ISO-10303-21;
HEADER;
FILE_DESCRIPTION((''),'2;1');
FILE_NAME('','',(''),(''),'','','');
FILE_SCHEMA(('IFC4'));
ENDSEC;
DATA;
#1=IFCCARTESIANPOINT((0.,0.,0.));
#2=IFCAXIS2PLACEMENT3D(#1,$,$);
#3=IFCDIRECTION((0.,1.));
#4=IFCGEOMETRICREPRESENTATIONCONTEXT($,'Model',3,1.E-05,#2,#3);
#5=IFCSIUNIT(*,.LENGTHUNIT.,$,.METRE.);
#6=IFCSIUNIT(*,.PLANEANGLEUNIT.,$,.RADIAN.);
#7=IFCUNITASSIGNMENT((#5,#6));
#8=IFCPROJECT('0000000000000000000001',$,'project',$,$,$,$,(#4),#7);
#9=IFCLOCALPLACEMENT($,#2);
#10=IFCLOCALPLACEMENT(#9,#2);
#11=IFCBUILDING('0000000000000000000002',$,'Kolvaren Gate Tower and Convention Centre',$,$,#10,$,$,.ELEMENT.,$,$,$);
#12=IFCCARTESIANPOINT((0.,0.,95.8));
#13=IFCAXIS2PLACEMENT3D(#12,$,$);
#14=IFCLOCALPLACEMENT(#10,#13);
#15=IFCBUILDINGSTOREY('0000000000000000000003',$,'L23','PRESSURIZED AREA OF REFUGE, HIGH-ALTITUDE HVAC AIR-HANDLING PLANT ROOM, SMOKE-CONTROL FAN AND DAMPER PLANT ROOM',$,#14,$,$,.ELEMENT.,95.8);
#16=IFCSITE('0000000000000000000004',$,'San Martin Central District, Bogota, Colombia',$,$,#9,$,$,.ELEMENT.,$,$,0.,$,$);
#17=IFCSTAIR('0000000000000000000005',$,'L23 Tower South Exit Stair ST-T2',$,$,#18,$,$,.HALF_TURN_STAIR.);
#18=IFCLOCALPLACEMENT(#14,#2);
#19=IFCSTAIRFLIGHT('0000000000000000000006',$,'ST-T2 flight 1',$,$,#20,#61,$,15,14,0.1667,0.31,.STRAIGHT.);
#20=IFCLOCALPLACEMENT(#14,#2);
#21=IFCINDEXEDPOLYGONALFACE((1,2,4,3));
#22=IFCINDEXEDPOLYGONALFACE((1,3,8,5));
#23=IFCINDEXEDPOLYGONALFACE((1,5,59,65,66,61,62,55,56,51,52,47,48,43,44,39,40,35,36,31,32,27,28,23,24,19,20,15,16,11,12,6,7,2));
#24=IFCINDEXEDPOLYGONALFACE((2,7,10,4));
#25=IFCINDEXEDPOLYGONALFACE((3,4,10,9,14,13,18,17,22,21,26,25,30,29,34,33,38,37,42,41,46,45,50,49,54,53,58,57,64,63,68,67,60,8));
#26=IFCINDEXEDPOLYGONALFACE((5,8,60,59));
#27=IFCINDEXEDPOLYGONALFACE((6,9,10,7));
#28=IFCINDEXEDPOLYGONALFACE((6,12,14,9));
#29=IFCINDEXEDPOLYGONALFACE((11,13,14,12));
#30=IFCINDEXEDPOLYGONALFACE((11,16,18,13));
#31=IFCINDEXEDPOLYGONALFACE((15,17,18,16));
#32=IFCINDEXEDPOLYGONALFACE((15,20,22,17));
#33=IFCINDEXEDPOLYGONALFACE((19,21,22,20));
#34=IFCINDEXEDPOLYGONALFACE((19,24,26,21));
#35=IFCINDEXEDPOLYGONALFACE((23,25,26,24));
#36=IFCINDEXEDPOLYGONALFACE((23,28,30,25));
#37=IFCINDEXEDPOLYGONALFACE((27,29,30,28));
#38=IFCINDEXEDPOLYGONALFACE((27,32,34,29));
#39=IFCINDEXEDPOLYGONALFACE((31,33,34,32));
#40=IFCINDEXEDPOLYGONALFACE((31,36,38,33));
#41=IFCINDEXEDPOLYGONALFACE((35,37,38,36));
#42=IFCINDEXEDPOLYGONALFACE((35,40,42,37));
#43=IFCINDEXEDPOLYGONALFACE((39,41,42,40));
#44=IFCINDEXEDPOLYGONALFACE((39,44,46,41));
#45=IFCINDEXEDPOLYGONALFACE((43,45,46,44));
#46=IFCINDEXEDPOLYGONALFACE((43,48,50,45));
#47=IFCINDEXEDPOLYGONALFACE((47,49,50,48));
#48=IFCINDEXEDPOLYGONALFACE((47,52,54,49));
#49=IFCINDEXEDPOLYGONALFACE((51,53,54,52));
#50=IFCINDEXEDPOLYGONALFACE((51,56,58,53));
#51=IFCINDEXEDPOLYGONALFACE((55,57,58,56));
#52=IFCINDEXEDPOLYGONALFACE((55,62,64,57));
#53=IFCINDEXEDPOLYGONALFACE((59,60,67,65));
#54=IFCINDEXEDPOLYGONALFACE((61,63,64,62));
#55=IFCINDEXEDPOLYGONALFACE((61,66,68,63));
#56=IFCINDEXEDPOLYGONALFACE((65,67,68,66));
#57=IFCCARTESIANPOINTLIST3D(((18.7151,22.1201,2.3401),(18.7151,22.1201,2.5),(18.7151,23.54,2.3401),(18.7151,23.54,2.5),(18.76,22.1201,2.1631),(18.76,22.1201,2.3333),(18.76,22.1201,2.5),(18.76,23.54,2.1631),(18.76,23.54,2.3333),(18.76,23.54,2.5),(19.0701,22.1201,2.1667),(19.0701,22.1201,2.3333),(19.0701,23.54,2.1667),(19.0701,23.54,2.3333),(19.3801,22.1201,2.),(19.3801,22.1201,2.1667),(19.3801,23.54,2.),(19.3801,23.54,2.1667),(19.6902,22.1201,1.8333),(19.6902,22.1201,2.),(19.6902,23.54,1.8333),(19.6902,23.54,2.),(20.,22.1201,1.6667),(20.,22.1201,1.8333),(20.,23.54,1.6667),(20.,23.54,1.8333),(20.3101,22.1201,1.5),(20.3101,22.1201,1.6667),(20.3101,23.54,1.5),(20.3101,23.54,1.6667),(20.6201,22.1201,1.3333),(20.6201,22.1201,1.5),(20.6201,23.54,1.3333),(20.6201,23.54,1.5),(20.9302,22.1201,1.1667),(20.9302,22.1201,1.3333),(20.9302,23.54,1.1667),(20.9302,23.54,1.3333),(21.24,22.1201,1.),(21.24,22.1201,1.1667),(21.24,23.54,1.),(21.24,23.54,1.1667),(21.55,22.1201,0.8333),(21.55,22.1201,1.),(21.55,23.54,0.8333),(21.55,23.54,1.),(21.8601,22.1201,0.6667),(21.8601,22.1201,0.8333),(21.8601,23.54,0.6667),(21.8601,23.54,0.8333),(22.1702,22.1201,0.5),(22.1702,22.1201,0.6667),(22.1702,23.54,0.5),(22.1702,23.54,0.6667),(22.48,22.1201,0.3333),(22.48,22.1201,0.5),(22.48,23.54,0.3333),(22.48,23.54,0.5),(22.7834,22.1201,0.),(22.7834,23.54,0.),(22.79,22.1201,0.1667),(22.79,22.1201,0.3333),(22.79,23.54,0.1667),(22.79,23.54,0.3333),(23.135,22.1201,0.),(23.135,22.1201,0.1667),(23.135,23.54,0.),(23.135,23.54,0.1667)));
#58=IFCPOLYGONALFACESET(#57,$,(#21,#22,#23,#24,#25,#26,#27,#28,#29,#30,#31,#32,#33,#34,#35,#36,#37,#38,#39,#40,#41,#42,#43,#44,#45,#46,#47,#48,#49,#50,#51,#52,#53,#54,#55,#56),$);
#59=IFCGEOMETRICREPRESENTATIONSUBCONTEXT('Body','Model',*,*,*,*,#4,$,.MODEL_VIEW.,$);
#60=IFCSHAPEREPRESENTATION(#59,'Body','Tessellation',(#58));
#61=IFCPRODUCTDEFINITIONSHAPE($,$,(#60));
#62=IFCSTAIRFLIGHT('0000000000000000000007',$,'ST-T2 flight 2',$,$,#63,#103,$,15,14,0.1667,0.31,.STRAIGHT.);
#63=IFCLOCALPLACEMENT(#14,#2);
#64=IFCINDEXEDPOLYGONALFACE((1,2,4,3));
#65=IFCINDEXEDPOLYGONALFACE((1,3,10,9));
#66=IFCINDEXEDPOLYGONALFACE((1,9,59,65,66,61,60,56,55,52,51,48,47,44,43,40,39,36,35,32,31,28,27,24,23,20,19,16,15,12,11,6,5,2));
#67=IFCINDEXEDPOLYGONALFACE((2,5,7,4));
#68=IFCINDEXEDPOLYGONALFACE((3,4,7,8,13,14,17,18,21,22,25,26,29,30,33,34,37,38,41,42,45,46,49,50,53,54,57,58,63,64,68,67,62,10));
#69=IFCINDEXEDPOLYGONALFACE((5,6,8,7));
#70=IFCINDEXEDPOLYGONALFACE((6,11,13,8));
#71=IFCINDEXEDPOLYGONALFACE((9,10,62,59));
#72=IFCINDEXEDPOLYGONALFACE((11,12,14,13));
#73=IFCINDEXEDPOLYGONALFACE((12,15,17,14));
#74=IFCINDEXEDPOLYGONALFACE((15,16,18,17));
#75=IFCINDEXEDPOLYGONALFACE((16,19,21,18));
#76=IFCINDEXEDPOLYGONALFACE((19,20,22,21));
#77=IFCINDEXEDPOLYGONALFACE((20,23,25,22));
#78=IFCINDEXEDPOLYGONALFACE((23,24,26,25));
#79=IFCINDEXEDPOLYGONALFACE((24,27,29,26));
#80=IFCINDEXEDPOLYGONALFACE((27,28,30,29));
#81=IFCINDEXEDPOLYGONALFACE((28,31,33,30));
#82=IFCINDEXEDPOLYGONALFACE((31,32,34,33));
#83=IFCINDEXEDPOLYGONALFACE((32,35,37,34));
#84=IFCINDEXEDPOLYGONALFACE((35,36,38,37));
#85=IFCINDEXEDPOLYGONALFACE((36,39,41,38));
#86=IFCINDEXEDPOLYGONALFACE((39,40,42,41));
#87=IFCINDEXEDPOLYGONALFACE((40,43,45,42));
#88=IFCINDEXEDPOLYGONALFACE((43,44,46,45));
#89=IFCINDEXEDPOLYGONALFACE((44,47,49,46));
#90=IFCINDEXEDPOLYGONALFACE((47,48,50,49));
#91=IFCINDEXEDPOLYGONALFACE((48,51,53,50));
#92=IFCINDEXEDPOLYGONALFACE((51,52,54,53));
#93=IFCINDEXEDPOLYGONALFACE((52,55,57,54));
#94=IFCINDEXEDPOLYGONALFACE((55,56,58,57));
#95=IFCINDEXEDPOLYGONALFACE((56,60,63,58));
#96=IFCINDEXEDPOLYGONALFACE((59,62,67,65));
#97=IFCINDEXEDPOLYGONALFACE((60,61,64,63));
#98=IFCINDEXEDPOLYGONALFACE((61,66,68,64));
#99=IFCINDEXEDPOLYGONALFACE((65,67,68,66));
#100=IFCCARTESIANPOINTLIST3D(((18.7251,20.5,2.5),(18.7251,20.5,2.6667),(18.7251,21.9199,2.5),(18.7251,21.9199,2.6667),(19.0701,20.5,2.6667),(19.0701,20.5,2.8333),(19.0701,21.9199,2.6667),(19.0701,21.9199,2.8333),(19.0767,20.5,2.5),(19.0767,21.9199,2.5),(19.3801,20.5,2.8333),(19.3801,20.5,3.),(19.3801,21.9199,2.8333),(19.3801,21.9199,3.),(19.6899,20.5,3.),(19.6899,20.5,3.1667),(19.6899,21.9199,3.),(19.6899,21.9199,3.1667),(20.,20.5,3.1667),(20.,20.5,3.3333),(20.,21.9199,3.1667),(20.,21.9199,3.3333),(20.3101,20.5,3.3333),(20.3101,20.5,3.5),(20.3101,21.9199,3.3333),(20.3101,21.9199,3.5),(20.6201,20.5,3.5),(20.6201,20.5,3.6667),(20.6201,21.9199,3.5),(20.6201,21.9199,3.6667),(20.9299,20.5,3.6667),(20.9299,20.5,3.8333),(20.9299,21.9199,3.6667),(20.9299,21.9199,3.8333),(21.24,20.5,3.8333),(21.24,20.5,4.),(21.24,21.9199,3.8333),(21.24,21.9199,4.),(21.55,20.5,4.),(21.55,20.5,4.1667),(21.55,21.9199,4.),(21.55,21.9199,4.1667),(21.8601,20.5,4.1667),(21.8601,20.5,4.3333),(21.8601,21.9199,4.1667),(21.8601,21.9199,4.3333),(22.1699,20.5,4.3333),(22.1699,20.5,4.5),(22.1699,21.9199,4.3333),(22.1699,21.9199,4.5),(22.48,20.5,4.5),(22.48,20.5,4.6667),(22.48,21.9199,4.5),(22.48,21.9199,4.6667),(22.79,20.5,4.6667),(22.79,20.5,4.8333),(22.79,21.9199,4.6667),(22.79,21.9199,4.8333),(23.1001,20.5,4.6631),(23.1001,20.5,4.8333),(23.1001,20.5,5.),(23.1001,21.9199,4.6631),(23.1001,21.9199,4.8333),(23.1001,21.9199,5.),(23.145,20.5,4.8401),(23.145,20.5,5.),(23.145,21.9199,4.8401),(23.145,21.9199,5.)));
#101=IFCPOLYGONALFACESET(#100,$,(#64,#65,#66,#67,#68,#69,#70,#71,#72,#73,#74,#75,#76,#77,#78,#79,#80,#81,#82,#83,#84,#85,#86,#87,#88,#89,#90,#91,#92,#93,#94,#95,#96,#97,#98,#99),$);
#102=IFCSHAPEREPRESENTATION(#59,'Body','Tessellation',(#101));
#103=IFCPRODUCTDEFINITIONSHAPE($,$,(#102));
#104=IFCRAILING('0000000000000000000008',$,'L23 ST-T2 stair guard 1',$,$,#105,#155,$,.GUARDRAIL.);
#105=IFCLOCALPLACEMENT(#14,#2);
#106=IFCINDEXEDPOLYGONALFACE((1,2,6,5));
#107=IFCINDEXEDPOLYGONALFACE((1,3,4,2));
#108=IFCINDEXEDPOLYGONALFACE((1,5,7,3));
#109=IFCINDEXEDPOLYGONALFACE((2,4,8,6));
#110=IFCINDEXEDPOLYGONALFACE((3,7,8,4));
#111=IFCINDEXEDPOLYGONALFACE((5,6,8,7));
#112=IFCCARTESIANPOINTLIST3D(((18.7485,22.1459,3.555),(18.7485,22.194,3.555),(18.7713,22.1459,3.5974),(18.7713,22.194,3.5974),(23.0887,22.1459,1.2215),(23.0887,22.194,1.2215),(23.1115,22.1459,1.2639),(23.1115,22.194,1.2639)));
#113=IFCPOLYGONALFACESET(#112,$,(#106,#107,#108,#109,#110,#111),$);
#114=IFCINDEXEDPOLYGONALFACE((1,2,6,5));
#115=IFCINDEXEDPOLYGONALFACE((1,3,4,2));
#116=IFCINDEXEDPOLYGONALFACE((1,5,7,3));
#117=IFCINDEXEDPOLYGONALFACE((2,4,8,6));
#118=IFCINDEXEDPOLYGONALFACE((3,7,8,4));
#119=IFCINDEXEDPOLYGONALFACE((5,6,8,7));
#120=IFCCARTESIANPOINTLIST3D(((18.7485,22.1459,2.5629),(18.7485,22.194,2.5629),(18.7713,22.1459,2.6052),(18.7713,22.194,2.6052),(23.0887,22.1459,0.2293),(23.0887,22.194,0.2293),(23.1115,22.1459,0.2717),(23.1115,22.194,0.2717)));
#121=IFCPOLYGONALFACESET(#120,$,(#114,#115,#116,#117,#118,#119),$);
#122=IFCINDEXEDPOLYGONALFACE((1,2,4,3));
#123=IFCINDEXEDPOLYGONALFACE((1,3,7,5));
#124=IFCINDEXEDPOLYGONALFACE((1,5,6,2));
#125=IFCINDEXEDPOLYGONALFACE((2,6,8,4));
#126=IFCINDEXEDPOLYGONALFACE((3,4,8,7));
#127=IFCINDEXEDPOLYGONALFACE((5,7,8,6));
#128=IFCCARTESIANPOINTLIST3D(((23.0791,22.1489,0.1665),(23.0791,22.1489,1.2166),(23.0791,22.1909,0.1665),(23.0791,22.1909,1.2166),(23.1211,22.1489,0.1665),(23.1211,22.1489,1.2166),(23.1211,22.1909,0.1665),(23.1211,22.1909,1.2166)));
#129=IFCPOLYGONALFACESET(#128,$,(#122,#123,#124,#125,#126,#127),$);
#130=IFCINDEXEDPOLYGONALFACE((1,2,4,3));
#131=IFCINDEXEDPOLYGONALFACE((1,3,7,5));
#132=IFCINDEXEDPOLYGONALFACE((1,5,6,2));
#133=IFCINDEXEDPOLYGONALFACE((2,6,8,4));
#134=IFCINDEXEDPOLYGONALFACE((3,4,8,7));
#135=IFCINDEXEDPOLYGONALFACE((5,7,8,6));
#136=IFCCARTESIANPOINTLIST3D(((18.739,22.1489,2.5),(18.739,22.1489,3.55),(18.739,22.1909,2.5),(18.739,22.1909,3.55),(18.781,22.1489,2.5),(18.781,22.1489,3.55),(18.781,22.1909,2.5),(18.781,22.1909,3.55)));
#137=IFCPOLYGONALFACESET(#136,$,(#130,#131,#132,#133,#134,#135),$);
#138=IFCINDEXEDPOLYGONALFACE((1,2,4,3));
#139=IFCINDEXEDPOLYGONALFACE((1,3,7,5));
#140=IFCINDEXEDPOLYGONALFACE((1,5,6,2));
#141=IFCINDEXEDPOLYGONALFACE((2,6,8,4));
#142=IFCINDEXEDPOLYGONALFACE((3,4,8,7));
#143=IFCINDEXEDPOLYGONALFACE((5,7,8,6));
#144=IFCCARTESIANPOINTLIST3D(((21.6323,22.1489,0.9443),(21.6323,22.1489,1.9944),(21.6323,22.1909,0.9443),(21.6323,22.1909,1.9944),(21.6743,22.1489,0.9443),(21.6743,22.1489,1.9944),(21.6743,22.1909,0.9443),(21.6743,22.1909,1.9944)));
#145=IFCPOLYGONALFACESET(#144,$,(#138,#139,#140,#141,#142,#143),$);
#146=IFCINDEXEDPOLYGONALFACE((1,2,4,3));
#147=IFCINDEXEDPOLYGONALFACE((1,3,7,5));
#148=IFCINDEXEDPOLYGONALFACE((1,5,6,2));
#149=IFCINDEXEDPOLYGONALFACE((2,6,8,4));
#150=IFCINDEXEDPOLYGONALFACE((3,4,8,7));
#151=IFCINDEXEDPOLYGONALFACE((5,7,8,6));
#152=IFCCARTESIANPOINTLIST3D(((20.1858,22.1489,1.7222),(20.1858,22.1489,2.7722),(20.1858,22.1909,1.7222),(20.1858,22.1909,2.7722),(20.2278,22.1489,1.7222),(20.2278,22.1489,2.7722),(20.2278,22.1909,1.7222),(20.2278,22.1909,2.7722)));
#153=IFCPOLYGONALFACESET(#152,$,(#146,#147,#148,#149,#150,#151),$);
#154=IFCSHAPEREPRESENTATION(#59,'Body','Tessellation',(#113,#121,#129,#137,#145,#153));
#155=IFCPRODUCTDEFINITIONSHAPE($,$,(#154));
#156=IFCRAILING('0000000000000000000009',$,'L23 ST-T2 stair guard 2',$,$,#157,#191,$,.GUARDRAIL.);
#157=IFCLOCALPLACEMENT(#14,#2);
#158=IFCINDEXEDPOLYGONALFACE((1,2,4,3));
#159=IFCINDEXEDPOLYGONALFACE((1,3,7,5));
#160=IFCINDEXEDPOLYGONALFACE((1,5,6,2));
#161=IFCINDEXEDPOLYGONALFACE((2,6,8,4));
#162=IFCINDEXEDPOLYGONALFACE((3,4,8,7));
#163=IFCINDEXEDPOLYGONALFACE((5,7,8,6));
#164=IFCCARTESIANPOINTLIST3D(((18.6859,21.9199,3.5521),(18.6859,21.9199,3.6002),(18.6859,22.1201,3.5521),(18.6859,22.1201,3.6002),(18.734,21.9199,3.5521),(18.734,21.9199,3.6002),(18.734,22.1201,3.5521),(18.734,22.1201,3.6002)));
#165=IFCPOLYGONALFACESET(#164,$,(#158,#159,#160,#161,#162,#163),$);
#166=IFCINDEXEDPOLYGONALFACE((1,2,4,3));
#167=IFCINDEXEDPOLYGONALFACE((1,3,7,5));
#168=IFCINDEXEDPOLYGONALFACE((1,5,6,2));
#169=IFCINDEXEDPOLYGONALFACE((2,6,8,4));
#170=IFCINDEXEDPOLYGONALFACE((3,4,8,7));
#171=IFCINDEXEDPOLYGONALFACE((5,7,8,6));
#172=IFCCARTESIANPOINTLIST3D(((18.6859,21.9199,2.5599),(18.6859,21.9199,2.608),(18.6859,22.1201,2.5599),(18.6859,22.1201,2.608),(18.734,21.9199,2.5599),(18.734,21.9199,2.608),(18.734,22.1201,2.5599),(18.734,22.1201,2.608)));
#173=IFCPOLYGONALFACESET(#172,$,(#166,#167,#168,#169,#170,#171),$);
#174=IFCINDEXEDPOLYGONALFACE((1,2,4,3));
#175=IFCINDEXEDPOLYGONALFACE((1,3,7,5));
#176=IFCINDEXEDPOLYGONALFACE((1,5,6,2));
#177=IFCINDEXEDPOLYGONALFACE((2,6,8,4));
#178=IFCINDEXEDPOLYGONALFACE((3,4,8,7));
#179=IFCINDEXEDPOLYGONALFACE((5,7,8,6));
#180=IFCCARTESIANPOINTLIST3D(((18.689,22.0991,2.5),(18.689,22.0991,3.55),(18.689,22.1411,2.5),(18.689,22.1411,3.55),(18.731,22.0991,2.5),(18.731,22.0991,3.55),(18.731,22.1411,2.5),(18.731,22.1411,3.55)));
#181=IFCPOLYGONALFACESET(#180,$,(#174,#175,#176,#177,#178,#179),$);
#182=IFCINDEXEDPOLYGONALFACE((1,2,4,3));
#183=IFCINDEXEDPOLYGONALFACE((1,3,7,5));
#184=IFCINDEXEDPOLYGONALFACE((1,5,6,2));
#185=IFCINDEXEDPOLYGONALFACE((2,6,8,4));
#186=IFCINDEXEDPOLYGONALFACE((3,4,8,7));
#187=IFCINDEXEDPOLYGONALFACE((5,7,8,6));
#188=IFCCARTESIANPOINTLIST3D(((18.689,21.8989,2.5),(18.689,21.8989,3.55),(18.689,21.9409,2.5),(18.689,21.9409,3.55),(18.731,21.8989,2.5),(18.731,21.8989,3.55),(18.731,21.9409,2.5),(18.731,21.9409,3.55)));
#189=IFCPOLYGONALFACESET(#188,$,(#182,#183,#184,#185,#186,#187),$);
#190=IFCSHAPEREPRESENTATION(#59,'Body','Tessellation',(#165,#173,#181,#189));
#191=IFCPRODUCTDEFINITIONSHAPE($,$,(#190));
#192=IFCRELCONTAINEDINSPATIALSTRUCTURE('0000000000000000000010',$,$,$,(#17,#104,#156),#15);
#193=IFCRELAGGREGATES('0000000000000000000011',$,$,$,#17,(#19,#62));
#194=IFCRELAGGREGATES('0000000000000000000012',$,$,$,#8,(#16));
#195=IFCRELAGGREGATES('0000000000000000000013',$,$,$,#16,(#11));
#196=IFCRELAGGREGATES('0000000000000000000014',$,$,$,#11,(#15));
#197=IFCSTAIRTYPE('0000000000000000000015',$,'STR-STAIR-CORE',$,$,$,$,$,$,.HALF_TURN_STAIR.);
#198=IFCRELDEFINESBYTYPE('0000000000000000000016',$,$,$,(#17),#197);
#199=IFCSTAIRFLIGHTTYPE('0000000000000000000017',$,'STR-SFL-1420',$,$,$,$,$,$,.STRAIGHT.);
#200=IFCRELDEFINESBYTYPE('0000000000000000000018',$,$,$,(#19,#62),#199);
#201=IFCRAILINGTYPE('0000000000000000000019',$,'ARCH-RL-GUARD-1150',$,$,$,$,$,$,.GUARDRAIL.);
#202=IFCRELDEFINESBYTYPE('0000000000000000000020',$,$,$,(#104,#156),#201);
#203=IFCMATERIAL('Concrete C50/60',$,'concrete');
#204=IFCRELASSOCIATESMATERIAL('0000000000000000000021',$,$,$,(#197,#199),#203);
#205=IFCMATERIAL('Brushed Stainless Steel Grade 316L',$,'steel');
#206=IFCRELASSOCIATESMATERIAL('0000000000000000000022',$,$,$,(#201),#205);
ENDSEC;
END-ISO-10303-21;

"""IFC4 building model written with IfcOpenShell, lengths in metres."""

from ifc_helpers import new_model, si_unit, direction, frame, origin, origin_2d, place, context, subcontext, project, spatial, polyline, rectangle, outline, extrude, material, type_object, element, aggregate, save


model = new_model("IFC4")

# Units and contexts
model_context = context("Model", 3, precision=1e-05, world=origin(), true_north=direction((0.0, 1.0)))
body_context = subcontext(model_context, "Body", "Model", "MODEL_VIEW")
ifc_project = project(units=[si_unit("LENGTHUNIT", "METRE"), si_unit("PLANEANGLEUNIT", "RADIAN")], contexts=[model_context])

# Site, building, storey
site_placement = place(None, origin())
site = spatial("IfcSite", under=ifc_project, at=site_placement, Name="San Martin Central District, Bogota, Colombia", CompositionType="ELEMENT", RefElevation=0.0)
building_placement = place(site_placement, origin())
building = spatial("IfcBuilding", under=site, at=building_placement, Name="Kolvaren Gate Tower and Convention Centre", CompositionType="ELEMENT")
storey_placement = place(building_placement, frame((0.0, 0.0, 95.8)))
storey = spatial("IfcBuildingStorey", under=building, at=storey_placement, Name="L23", Description="PRESSURIZED AREA OF REFUGE, HIGH-ALTITUDE HVAC AIR-HANDLING PLANT ROOM, SMOKE-CONTROL FAN AND DAMPER PLANT ROOM", CompositionType="ELEMENT", Elevation=95.8)

# Shared definitions
ifc_material_1 = material(Name="Brushed Stainless Steel Grade 316L", Category="steel")

# Shared definitions
ifc_material_2 = material(Name="Concrete C50/60", Category="concrete")

# Stair, stair flights
stair_type = type_object("IfcStairType", Name="STR-STAIR-CORE", PredefinedType="HALF_TURN_STAIR", material=ifc_material_2)
stair_placement = place(storey_placement, origin())
stair = element("IfcStair", 1, at=stair_placement, inside=storey, type_object=stair_type, Name="L23 Tower South Exit Stair ST-T2", PredefinedType="HALF_TURN_STAIR")
stair_flight_type = type_object("IfcStairFlightType", Name="STR-SFL-1420", PredefinedType="STRAIGHT", material=ifc_material_2)
stair_flight_1_placement = place(storey_placement, frame((23.1001, 22.8301, 0.0), z_axis=(0.0, 0.0, 1.0), x_axis=(-1.0, 0.0, 0.0)))
stair_flight_1 = element("IfcStairFlight", 2, at=stair_flight_1_placement, type_object=stair_flight_type, Name="ST-T2 flight 1", NumberOfRisers=15, NumberOfTreads=14, PredefinedType="STRAIGHT", RiserHeight=0.1667, TreadLength=0.31, context=body_context, shape_type="SweptSolid", body=[
    extrude(outline(polyline([(-0.0349, 0.0), (-0.0349, 0.1667), (0.3101, 0.1667), (0.3101, 0.3333), (0.6201, 0.3333), (0.6201, 0.5), (0.9299, 0.5), (0.9299, 0.6667), (1.24, 0.6667), (1.24, 0.8333), (1.55, 0.8333), (1.55, 1.0), (1.8601, 1.0), (1.8601, 1.1667), (2.1699, 1.1667), (2.1699, 1.3333), (2.48, 1.3333), (2.48, 1.5), (2.79, 1.5), (2.79, 1.6667), (3.1001, 1.6667), (3.1001, 1.8333), (3.4099, 1.8333), (3.4099, 2.0), (3.72, 2.0), (3.72, 2.1667), (4.03, 2.1667), (4.03, 2.3333), (4.3401, 2.3333), (4.3401, 2.5), (4.385, 2.5), (4.385, 2.3401), (4.3401, 2.1631), (0.3167, 0.0), (-0.0349, 0.0)])), frame((0.0, 0.71, 0.0), z_axis=(0.0, -1.0, 0.0), x_axis=(1.0, 0.0, 0.0)), (0.0, 0.0, 1.0), 1.4199),
])
stair_flight_2_placement = place(storey_placement, frame((18.76, 21.21, 2.5), z_axis=(0.0, 0.0, 1.0), x_axis=(1.0, 0.0, 0.0)))
stair_flight_2 = element("IfcStairFlight", 3, at=stair_flight_2_placement, type_object=stair_flight_type, Name="ST-T2 flight 2", NumberOfRisers=15, NumberOfTreads=14, PredefinedType="STRAIGHT", RiserHeight=0.1667, TreadLength=0.31, context=body_context, shape_type="SweptSolid", body=[
    extrude(outline(polyline([(-0.0349, 0.0), (-0.0349, 0.1667), (0.3101, 0.1667), (0.3101, 0.3333), (0.6201, 0.3333), (0.6201, 0.5), (0.9299, 0.5), (0.9299, 0.6667), (1.24, 0.6667), (1.24, 0.8333), (1.55, 0.8333), (1.55, 1.0), (1.8601, 1.0), (1.8601, 1.1667), (2.1699, 1.1667), (2.1699, 1.3333), (2.48, 1.3333), (2.48, 1.5), (2.79, 1.5), (2.79, 1.6667), (3.1001, 1.6667), (3.1001, 1.8333), (3.4099, 1.8333), (3.4099, 2.0), (3.72, 2.0), (3.72, 2.1667), (4.03, 2.1667), (4.03, 2.3333), (4.3401, 2.3333), (4.3401, 2.5), (4.385, 2.5), (4.385, 2.3401), (4.3401, 2.1631), (0.3167, 0.0), (-0.0349, 0.0)])), frame((0.0, 0.71, 0.0), z_axis=(0.0, -1.0, 0.0), x_axis=(1.0, 0.0, 0.0)), (0.0, 0.0, 1.0), 1.4199),
])
aggregate(stair, [stair_flight_1, stair_flight_2])

# Railings
railing_type_1 = type_object("IfcRailingType", Name="ARCH-RL-GUARD-1150", PredefinedType="GUARDRAIL", material=ifc_material_1)
railing_1_placement = place(storey_placement, frame((23.1001, 22.1699, 0.1665)))
element("IfcRailing", 4, at=railing_1_placement, inside=storey, type_object=railing_type_1, Name="L23 ST-T2 stair guard 1", PredefinedType="GUARDRAIL", context=body_context, shape_type="SweptSolid", body=[
    extrude(rectangle(XDim=0.0481, YDim=0.0481, at=origin_2d()), frame((0.0, 0.0, 1.0762), z_axis=(-0.880765, 0.0, 0.473553), x_axis=(0.0, -1.0, 0.0)), (0.0, 0.0, 1.0), 4.9277),
    extrude(rectangle(XDim=0.0481, YDim=0.0481, at=origin_2d()), frame((0.0, 0.0, 0.084), z_axis=(-0.880765, 0.0, 0.473553), x_axis=(0.0, -1.0, 0.0)), (0.0, 0.0, 1.0), 4.9277),
    extrude(rectangle(XDim=0.042, YDim=0.042, at=origin_2d()), origin(), (0.0, 0.0, 1.0), 1.05),
    extrude(rectangle(XDim=0.042, YDim=0.042, at=origin_2d()), frame((-4.3401, 0.0, 2.3335)), (0.0, 0.0, 1.0), 1.05),
    extrude(rectangle(XDim=0.042, YDim=0.042, at=origin_2d()), frame((-1.4468, 0.0, 0.7778)), (0.0, 0.0, 1.0), 1.05),
    extrude(rectangle(XDim=0.042, YDim=0.042, at=origin_2d()), frame((-2.8933, 0.0, 1.5557)), (0.0, 0.0, 1.0), 1.05),
])
railing_2_placement = place(storey_placement, frame((18.71, 22.1201, 2.5)))
element("IfcRailing", 5, at=railing_2_placement, inside=storey, type_object=railing_type_1, Name="L23 ST-T2 stair guard 2", PredefinedType="GUARDRAIL", context=body_context, shape_type="SweptSolid", body=[
    extrude(rectangle(XDim=0.0481, YDim=0.0481, at=origin_2d()), frame((0.0, 0.0, 1.0762), z_axis=(0.0, -1.0, 0.0), x_axis=(1.0, 0.0, 0.0)), (0.0, 0.0, 1.0), 0.2002),
    extrude(rectangle(XDim=0.0481, YDim=0.0481, at=origin_2d()), frame((0.0, 0.0, 0.084), z_axis=(0.0, -1.0, 0.0), x_axis=(1.0, 0.0, 0.0)), (0.0, 0.0, 1.0), 0.2002),
    extrude(rectangle(XDim=0.042, YDim=0.042, at=origin_2d()), origin(), (0.0, 0.0, 1.0), 1.05),
    extrude(rectangle(XDim=0.042, YDim=0.042, at=origin_2d()), frame((0.0, -0.2002, 0.0)), (0.0, 0.0, 1.0), 1.05),
])

save(model, "model.ifc")
